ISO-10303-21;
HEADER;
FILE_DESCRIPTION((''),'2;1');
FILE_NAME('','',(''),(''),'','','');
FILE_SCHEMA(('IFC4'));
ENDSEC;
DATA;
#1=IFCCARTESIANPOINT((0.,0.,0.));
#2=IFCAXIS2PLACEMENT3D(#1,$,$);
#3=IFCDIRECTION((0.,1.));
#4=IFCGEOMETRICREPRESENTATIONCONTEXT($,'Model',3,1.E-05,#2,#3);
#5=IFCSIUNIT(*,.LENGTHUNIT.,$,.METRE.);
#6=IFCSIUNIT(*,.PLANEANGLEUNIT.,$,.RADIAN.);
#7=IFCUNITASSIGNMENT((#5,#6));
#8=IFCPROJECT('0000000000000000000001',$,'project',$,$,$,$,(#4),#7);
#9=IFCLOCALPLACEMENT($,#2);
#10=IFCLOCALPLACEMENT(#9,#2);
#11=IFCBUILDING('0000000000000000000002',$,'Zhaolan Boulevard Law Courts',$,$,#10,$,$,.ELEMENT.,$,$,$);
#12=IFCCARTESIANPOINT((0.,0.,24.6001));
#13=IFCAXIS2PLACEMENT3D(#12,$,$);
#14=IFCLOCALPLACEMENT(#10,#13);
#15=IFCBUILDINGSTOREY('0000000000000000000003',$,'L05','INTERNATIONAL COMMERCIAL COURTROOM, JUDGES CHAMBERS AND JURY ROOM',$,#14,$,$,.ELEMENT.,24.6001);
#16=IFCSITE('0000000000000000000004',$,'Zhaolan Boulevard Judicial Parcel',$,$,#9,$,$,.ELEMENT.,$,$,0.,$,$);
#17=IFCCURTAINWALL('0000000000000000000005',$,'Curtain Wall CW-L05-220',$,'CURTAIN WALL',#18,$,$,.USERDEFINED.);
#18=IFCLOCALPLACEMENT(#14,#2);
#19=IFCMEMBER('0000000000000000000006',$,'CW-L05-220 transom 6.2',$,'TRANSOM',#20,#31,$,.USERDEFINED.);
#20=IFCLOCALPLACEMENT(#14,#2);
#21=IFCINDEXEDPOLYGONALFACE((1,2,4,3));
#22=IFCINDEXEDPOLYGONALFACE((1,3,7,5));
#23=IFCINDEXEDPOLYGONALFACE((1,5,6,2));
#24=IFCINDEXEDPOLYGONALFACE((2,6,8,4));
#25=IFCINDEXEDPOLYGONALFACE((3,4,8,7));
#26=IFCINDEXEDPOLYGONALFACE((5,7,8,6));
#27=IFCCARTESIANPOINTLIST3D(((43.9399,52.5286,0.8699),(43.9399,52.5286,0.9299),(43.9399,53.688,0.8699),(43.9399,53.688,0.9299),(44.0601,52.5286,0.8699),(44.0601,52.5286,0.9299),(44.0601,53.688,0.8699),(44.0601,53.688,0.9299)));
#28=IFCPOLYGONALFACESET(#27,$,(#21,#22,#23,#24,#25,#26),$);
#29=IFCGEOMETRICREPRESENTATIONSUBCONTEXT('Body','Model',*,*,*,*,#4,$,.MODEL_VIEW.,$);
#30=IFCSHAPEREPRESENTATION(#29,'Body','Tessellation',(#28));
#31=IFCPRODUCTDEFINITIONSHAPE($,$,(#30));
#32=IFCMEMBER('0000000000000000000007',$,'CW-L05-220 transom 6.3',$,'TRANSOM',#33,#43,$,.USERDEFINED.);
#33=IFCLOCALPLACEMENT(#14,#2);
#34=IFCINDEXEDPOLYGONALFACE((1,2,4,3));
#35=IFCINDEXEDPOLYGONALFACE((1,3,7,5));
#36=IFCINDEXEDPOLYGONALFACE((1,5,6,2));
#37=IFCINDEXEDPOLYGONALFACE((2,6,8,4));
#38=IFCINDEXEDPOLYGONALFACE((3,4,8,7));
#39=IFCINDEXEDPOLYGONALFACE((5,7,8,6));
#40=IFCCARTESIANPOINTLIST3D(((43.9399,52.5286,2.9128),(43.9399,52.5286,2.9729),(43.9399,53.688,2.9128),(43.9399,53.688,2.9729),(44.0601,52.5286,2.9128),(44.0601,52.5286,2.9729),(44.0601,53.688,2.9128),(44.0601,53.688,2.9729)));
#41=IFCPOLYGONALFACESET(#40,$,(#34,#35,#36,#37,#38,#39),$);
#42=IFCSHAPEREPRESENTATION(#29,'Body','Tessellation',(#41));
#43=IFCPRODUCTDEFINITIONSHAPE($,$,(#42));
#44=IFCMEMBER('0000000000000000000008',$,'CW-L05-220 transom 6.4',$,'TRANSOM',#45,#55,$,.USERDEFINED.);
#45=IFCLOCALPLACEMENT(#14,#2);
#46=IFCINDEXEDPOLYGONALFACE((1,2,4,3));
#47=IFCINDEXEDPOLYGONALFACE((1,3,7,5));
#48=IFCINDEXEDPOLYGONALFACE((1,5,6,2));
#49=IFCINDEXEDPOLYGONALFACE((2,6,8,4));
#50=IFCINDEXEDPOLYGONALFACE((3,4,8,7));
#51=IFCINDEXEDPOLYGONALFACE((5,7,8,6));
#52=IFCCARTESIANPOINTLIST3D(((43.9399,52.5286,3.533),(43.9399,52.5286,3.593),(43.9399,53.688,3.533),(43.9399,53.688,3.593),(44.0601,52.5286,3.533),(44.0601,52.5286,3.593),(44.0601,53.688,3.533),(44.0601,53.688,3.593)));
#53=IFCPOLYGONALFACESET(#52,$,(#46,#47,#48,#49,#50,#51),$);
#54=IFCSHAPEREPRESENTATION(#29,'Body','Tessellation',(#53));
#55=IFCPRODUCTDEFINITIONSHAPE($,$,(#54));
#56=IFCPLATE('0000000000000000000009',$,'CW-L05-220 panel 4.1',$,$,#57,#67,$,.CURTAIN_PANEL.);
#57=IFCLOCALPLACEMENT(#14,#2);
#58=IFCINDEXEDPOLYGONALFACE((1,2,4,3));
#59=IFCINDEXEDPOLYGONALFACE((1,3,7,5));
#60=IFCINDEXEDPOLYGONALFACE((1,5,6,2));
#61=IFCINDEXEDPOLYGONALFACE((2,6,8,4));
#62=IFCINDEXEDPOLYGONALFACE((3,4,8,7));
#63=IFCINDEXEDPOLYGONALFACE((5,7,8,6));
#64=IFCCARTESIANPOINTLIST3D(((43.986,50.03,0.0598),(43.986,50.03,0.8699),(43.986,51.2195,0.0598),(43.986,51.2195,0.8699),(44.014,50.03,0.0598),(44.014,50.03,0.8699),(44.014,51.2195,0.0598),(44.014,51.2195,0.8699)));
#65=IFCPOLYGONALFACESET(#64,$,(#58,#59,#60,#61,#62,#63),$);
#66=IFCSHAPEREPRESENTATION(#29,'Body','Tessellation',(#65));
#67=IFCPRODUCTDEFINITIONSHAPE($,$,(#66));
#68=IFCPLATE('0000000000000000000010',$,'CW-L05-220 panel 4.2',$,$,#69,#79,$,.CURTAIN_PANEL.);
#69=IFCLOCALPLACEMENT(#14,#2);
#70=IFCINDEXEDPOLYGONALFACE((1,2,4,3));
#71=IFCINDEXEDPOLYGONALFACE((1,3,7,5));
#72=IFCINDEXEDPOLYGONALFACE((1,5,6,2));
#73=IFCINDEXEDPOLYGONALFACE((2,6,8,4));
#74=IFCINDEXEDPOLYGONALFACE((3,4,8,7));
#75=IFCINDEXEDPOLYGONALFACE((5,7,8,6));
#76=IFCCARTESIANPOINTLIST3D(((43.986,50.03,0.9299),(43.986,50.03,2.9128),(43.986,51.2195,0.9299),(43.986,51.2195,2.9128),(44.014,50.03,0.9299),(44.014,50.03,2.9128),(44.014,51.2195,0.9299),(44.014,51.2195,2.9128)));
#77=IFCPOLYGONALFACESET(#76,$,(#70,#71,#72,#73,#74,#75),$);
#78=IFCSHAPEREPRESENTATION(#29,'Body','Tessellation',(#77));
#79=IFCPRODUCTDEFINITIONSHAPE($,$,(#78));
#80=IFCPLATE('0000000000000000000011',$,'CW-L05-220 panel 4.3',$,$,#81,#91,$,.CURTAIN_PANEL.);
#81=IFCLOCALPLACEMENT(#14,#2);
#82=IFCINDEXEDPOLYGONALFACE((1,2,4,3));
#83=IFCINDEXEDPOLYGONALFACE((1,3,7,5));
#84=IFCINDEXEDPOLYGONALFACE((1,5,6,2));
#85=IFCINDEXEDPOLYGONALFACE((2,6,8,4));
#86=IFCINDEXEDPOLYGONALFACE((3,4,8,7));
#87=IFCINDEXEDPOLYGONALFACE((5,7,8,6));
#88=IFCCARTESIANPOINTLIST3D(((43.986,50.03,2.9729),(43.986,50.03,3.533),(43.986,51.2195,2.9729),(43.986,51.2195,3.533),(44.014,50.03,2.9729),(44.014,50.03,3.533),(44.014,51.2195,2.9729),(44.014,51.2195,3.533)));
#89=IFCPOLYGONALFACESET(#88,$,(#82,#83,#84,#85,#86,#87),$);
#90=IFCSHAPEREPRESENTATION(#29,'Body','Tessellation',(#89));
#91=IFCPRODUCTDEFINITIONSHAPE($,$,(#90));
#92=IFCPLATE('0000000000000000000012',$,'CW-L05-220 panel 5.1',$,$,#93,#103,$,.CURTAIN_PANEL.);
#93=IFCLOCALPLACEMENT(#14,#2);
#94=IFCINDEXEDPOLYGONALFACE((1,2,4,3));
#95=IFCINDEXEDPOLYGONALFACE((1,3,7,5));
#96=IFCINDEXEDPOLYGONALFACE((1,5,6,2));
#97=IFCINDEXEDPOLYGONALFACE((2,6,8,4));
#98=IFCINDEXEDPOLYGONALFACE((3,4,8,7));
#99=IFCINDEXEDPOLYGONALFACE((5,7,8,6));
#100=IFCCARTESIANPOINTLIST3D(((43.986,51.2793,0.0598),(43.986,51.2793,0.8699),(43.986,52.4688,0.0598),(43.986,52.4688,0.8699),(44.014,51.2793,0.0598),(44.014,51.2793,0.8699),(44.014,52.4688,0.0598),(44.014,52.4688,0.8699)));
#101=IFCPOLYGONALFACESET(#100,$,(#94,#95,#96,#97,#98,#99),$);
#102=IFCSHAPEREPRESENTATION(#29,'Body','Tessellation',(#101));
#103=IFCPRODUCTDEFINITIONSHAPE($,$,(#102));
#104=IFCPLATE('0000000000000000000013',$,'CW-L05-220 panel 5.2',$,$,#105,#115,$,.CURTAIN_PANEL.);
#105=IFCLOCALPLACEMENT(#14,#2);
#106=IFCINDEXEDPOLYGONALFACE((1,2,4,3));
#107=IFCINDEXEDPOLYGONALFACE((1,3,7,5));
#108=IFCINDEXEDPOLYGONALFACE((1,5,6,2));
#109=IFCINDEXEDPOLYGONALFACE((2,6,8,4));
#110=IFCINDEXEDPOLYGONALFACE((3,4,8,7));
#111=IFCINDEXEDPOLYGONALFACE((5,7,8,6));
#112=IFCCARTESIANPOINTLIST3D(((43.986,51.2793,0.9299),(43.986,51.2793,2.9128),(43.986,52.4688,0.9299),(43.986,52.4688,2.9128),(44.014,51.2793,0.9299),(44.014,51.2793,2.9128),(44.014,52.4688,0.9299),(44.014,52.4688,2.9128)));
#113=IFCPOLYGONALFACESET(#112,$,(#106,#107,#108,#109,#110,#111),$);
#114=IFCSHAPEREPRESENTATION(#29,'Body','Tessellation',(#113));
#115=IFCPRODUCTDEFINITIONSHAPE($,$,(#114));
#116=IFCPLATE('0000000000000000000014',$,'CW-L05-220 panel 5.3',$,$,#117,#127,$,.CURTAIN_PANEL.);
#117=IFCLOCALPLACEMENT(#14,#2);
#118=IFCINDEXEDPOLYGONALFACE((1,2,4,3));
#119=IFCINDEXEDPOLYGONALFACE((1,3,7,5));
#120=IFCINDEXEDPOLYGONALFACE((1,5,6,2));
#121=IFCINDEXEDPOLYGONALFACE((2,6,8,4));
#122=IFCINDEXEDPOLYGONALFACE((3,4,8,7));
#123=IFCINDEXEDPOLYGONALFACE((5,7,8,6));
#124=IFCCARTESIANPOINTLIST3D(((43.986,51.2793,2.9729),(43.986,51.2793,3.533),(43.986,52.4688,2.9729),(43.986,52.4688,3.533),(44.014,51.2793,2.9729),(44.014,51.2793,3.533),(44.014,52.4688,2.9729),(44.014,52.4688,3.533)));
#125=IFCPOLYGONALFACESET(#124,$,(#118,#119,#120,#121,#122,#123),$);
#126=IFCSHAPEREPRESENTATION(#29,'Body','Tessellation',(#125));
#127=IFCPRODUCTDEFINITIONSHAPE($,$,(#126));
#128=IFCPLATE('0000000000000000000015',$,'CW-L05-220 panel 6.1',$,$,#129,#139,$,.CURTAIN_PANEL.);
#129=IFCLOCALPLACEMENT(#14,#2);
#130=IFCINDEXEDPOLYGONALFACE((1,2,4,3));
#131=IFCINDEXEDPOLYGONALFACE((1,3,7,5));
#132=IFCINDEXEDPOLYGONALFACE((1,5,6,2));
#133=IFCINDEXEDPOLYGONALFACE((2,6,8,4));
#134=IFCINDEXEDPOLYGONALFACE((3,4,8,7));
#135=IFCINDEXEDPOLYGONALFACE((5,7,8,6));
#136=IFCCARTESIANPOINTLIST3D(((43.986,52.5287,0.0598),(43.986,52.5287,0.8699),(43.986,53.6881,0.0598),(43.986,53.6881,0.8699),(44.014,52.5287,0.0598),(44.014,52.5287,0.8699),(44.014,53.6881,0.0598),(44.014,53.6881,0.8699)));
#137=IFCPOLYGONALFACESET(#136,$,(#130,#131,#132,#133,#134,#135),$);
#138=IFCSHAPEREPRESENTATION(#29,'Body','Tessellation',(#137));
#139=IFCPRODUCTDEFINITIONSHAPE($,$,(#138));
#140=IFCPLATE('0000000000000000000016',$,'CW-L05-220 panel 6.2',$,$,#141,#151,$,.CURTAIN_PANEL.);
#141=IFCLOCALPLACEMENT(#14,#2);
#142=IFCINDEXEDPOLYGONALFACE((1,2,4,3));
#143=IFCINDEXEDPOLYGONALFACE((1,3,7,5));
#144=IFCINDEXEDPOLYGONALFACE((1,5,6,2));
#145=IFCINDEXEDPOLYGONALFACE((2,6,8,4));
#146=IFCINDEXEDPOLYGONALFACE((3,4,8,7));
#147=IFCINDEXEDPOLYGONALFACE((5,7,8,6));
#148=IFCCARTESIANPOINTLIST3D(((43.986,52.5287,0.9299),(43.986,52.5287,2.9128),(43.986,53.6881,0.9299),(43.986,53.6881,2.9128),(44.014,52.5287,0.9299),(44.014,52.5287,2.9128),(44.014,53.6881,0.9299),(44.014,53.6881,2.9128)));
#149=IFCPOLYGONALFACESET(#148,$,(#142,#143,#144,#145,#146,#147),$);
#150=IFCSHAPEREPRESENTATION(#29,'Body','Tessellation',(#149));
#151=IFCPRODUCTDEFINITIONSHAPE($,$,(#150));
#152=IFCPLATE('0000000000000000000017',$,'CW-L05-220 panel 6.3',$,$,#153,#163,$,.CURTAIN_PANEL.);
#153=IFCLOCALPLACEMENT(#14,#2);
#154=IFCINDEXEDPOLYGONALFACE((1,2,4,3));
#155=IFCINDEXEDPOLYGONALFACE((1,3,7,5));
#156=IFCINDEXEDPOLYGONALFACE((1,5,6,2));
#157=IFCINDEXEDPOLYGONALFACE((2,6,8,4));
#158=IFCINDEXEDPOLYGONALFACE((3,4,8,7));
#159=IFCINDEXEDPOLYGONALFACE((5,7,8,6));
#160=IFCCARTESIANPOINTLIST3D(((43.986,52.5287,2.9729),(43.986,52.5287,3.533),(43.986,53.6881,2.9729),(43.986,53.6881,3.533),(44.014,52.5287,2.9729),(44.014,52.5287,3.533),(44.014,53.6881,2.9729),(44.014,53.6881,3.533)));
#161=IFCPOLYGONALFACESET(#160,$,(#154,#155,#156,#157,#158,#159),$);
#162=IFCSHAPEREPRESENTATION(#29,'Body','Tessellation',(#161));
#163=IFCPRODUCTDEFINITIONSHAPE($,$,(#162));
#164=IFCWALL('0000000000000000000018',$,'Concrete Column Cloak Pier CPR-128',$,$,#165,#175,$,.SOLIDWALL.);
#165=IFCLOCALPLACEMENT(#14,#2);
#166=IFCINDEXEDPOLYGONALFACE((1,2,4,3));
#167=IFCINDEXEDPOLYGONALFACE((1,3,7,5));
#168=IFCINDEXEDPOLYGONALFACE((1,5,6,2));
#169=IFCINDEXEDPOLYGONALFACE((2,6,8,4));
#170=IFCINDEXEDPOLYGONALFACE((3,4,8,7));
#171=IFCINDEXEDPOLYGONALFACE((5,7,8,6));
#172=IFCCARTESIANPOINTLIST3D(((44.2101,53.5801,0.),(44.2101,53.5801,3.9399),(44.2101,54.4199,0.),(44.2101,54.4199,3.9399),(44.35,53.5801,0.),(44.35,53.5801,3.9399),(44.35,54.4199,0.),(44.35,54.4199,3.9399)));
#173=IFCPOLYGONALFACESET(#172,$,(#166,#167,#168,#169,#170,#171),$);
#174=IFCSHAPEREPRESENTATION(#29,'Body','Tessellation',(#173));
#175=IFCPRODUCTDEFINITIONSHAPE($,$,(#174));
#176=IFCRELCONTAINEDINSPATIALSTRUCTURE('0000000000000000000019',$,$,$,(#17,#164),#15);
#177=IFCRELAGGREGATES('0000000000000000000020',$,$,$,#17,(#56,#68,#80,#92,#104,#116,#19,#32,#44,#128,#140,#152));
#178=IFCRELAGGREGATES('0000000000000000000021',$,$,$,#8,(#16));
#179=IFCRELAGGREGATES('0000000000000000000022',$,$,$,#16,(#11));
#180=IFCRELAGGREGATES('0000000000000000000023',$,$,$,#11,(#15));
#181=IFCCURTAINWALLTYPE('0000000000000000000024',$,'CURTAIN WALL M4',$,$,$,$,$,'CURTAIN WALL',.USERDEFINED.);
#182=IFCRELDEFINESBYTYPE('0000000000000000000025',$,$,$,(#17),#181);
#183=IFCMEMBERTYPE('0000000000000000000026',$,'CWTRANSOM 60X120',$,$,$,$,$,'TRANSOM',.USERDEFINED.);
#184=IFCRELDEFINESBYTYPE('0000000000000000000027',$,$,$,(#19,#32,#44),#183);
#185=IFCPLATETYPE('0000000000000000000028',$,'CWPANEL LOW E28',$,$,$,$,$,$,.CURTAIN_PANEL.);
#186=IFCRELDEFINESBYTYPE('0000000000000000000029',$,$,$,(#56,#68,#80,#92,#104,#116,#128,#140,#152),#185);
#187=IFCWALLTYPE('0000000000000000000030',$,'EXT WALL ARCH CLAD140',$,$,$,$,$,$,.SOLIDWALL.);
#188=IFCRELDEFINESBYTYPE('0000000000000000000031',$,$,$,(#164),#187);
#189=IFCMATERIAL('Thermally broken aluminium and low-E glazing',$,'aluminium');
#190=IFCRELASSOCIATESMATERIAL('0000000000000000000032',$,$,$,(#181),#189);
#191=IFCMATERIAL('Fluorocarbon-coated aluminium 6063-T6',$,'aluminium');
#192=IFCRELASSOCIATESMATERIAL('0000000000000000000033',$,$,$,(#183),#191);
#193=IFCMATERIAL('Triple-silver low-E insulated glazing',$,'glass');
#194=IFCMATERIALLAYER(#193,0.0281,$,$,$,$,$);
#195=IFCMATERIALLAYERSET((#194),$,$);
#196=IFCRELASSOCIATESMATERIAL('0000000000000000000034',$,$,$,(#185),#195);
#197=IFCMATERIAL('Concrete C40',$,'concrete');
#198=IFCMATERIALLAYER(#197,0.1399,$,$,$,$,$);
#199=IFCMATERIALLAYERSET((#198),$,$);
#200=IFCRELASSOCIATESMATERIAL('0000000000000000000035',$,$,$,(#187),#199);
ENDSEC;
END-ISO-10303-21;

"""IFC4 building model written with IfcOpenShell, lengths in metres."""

from ifc_helpers import new_model, si_unit, direction, frame, frame_2d, origin, origin_2d, place, context, subcontext, project, spatial, rectangle, extrude, material, layer, layer_set, material_profile, profile_set, type_object, element, aggregate, save


model = new_model("IFC4")

# Units and contexts
model_context = context("Model", 3, precision=1e-05, world=origin(), true_north=direction((0.0, 1.0)))
body_context = subcontext(model_context, "Body", "Model", "MODEL_VIEW")
ifc_project = project(units=[si_unit("LENGTHUNIT", "METRE"), si_unit("PLANEANGLEUNIT", "RADIAN")], contexts=[model_context])

# Site, building, storey
site_placement = place(None, origin())
site = spatial("IfcSite", under=ifc_project, at=site_placement, Name="Zhaolan Boulevard Judicial Parcel", CompositionType="ELEMENT", RefElevation=0.0)
building_placement = place(site_placement, origin())
building = spatial("IfcBuilding", under=site, at=building_placement, Name="Zhaolan Boulevard Law Courts", CompositionType="ELEMENT")
storey_placement = place(building_placement, frame((0.0, 0.0, 24.6001)))
storey = spatial("IfcBuildingStorey", under=building, at=storey_placement, Name="L05", Description="INTERNATIONAL COMMERCIAL COURTROOM, JUDGES CHAMBERS AND JURY ROOM", CompositionType="ELEMENT", Elevation=24.6001)

# Curtain wall, members, plates
ifc_material_1 = material(Name="Thermally broken aluminium and low-E glazing", Category="aluminium")
curtain_wall_type = type_object("IfcCurtainWallType", Name="CURTAIN WALL M4", ElementType="CURTAIN WALL", PredefinedType="USERDEFINED", material=ifc_material_1)
curtain_wall_placement = place(storey_placement, origin())
curtain_wall = element("IfcCurtainWall", 1, at=curtain_wall_placement, inside=storey, type_object=curtain_wall_type, Name="Curtain Wall CW-L05-220", ObjectType="CURTAIN WALL", PredefinedType="USERDEFINED")
ifc_material_2 = material(Name="Fluorocarbon-coated aluminium 6063-T6", Category="aluminium")
ifc_material_profile_1 = material_profile(ifc_material_2, rectangle(XDim=0.1201, YDim=0.0601, at=origin_2d()), Name="AL60x120")
ifc_profile_set_1 = profile_set([ifc_material_profile_1], Name="Fluorocarbon-coated aluminium 6063-T6")
member_type_1 = type_object("IfcMemberType", Name="CWTRANSOM 60X120", ElementType="TRANSOM", PredefinedType="USERDEFINED", material=ifc_profile_set_1)
member_1_placement = place(storey_placement, frame((44.0, 52.5286, 0.8999), z_axis=(0.0, 1.0, 0.0), x_axis=(-1.0, 0.0, 0.0)))
member_1 = element("IfcMember", 2, at=member_1_placement, type_object=member_type_1, Name="CW-L05-220 transom 6.2", ObjectType="TRANSOM", PredefinedType="USERDEFINED", context=body_context, shape_type="SweptSolid", body=[
    extrude(rectangle(XDim=0.1201, YDim=0.0601, at=origin_2d()), origin(), (0.0, 0.0, 1.0), 1.1594),
])
member_2_placement = place(storey_placement, frame((44.0, 52.5286, 2.9429), z_axis=(0.0, 1.0, 0.0), x_axis=(-1.0, 0.0, 0.0)))
member_2 = element("IfcMember", 3, at=member_2_placement, type_object=member_type_1, Name="CW-L05-220 transom 6.3", ObjectType="TRANSOM", PredefinedType="USERDEFINED", context=body_context, shape_type="SweptSolid", body=[
    extrude(rectangle(XDim=0.1201, YDim=0.0601, at=origin_2d()), origin(), (0.0, 0.0, 1.0), 1.1594),
])
member_3_placement = place(storey_placement, frame((44.0, 52.5286, 3.563), z_axis=(0.0, 1.0, 0.0), x_axis=(-1.0, 0.0, 0.0)))
member_3 = element("IfcMember", 4, at=member_3_placement, type_object=member_type_1, Name="CW-L05-220 transom 6.4", ObjectType="TRANSOM", PredefinedType="USERDEFINED", context=body_context, shape_type="SweptSolid", body=[
    extrude(rectangle(XDim=0.1201, YDim=0.0601, at=origin_2d()), origin(), (0.0, 0.0, 1.0), 1.1594),
])
ifc_material_3 = material(Name="Triple-silver low-E insulated glazing", Category="glass")
ifc_layer_1 = layer(ifc_material_3, 0.0281)
ifc_layer_set_1 = layer_set([ifc_layer_1])
plate_type = type_object("IfcPlateType", Name="CWPANEL LOW E28", PredefinedType="CURTAIN_PANEL", material=ifc_layer_set_1)
plate_1_placement = place(storey_placement, frame((44.0, 50.6248, 0.0598), z_axis=(0.0, 0.0, 1.0), x_axis=(0.0, 1.0, 0.0)))
plate_1 = element("IfcPlate", 5, at=plate_1_placement, type_object=plate_type, Name="CW-L05-220 panel 4.1", PredefinedType="CURTAIN_PANEL", context=body_context, shape_type="SweptSolid", body=[
    extrude(rectangle(XDim=1.1895, YDim=0.0281, at=origin_2d()), origin(), (0.0, 0.0, 1.0), 0.8101),
])
plate_2_placement = place(storey_placement, frame((44.0, 50.6248, 0.9299), z_axis=(0.0, 0.0, 1.0), x_axis=(0.0, 1.0, 0.0)))
plate_2 = element("IfcPlate", 6, at=plate_2_placement, type_object=plate_type, Name="CW-L05-220 panel 4.2", PredefinedType="CURTAIN_PANEL", context=body_context, shape_type="SweptSolid", body=[
    extrude(rectangle(XDim=1.1895, YDim=0.0281, at=origin_2d()), origin(), (0.0, 0.0, 1.0), 1.9829),
])
plate_3_placement = place(storey_placement, frame((44.0, 50.6248, 2.9729), z_axis=(0.0, 0.0, 1.0), x_axis=(0.0, 1.0, 0.0)))
plate_3 = element("IfcPlate", 7, at=plate_3_placement, type_object=plate_type, Name="CW-L05-220 panel 4.3", PredefinedType="CURTAIN_PANEL", context=body_context, shape_type="SweptSolid", body=[
    extrude(rectangle(XDim=1.1895, YDim=0.0281, at=origin_2d()), origin(), (0.0, 0.0, 1.0), 0.5601),
])
plate_4_placement = place(storey_placement, frame((44.0, 51.874, 0.0598), z_axis=(0.0, 0.0, 1.0), x_axis=(0.0, 1.0, 0.0)))
plate_4 = element("IfcPlate", 8, at=plate_4_placement, type_object=plate_type, Name="CW-L05-220 panel 5.1", PredefinedType="CURTAIN_PANEL", context=body_context, shape_type="SweptSolid", body=[
    extrude(rectangle(XDim=1.1895, YDim=0.0281, at=origin_2d()), origin(), (0.0, 0.0, 1.0), 0.8101),
])
plate_5_placement = place(storey_placement, frame((44.0, 51.874, 0.9299), z_axis=(0.0, 0.0, 1.0), x_axis=(0.0, 1.0, 0.0)))
plate_5 = element("IfcPlate", 9, at=plate_5_placement, type_object=plate_type, Name="CW-L05-220 panel 5.2", PredefinedType="CURTAIN_PANEL", context=body_context, shape_type="SweptSolid", body=[
    extrude(rectangle(XDim=1.1895, YDim=0.0281, at=origin_2d()), origin(), (0.0, 0.0, 1.0), 1.9829),
])
plate_6_placement = place(storey_placement, frame((44.0, 51.874, 2.9729), z_axis=(0.0, 0.0, 1.0), x_axis=(0.0, 1.0, 0.0)))
plate_6 = element("IfcPlate", 10, at=plate_6_placement, type_object=plate_type, Name="CW-L05-220 panel 5.3", PredefinedType="CURTAIN_PANEL", context=body_context, shape_type="SweptSolid", body=[
    extrude(rectangle(XDim=1.1895, YDim=0.0281, at=origin_2d()), origin(), (0.0, 0.0, 1.0), 0.5601),
])
plate_7_placement = place(storey_placement, frame((44.0, 53.1084, 0.0598), z_axis=(0.0, 0.0, 1.0), x_axis=(0.0, 1.0, 0.0)))
plate_7 = element("IfcPlate", 11, at=plate_7_placement, type_object=plate_type, Name="CW-L05-220 panel 6.1", PredefinedType="CURTAIN_PANEL", context=body_context, shape_type="SweptSolid", body=[
    extrude(rectangle(XDim=1.1594, YDim=0.0281, at=origin_2d()), origin(), (0.0, 0.0, 1.0), 0.8101),
])
plate_8_placement = place(storey_placement, frame((44.0, 53.1084, 0.9299), z_axis=(0.0, 0.0, 1.0), x_axis=(0.0, 1.0, 0.0)))
plate_8 = element("IfcPlate", 12, at=plate_8_placement, type_object=plate_type, Name="CW-L05-220 panel 6.2", PredefinedType="CURTAIN_PANEL", context=body_context, shape_type="SweptSolid", body=[
    extrude(rectangle(XDim=1.1594, YDim=0.0281, at=origin_2d()), origin(), (0.0, 0.0, 1.0), 1.9829),
])
plate_9_placement = place(storey_placement, frame((44.0, 53.1084, 2.9729), z_axis=(0.0, 0.0, 1.0), x_axis=(0.0, 1.0, 0.0)))
plate_9 = element("IfcPlate", 13, at=plate_9_placement, type_object=plate_type, Name="CW-L05-220 panel 6.3", PredefinedType="CURTAIN_PANEL", context=body_context, shape_type="SweptSolid", body=[
    extrude(rectangle(XDim=1.1594, YDim=0.0281, at=origin_2d()), origin(), (0.0, 0.0, 1.0), 0.5601),
])
aggregate(curtain_wall, [plate_1, plate_2, plate_3, plate_4, plate_5, plate_6, member_1, member_2, member_3, plate_7, plate_8, plate_9])

# Wall
ifc_material_4 = material(Name="Concrete C40", Category="concrete")
ifc_layer_2 = layer(ifc_material_4, 0.1399)
ifc_layer_set_2 = layer_set([ifc_layer_2])
wall_type = type_object("IfcWallType", Name="EXT WALL ARCH CLAD140", PredefinedType="SOLIDWALL", material=ifc_layer_set_2)
wall_placement = place(storey_placement, frame((44.28, 53.5801, 0.0), z_axis=(0.0, 0.0, 1.0), x_axis=(0.0, 1.0, 0.0)))
element("IfcWall", 14, at=wall_placement, inside=storey, type_object=wall_type, Name="Concrete Column Cloak Pier CPR-128", PredefinedType="SOLIDWALL", context=body_context, shape_type="SweptSolid", body=[
    extrude(rectangle(XDim=0.8398, YDim=0.1399, at=frame_2d((0.4199, 0.0))), origin(), (0.0, 0.0, 1.0), 3.9399),
])

save(model, "model.ifc")
